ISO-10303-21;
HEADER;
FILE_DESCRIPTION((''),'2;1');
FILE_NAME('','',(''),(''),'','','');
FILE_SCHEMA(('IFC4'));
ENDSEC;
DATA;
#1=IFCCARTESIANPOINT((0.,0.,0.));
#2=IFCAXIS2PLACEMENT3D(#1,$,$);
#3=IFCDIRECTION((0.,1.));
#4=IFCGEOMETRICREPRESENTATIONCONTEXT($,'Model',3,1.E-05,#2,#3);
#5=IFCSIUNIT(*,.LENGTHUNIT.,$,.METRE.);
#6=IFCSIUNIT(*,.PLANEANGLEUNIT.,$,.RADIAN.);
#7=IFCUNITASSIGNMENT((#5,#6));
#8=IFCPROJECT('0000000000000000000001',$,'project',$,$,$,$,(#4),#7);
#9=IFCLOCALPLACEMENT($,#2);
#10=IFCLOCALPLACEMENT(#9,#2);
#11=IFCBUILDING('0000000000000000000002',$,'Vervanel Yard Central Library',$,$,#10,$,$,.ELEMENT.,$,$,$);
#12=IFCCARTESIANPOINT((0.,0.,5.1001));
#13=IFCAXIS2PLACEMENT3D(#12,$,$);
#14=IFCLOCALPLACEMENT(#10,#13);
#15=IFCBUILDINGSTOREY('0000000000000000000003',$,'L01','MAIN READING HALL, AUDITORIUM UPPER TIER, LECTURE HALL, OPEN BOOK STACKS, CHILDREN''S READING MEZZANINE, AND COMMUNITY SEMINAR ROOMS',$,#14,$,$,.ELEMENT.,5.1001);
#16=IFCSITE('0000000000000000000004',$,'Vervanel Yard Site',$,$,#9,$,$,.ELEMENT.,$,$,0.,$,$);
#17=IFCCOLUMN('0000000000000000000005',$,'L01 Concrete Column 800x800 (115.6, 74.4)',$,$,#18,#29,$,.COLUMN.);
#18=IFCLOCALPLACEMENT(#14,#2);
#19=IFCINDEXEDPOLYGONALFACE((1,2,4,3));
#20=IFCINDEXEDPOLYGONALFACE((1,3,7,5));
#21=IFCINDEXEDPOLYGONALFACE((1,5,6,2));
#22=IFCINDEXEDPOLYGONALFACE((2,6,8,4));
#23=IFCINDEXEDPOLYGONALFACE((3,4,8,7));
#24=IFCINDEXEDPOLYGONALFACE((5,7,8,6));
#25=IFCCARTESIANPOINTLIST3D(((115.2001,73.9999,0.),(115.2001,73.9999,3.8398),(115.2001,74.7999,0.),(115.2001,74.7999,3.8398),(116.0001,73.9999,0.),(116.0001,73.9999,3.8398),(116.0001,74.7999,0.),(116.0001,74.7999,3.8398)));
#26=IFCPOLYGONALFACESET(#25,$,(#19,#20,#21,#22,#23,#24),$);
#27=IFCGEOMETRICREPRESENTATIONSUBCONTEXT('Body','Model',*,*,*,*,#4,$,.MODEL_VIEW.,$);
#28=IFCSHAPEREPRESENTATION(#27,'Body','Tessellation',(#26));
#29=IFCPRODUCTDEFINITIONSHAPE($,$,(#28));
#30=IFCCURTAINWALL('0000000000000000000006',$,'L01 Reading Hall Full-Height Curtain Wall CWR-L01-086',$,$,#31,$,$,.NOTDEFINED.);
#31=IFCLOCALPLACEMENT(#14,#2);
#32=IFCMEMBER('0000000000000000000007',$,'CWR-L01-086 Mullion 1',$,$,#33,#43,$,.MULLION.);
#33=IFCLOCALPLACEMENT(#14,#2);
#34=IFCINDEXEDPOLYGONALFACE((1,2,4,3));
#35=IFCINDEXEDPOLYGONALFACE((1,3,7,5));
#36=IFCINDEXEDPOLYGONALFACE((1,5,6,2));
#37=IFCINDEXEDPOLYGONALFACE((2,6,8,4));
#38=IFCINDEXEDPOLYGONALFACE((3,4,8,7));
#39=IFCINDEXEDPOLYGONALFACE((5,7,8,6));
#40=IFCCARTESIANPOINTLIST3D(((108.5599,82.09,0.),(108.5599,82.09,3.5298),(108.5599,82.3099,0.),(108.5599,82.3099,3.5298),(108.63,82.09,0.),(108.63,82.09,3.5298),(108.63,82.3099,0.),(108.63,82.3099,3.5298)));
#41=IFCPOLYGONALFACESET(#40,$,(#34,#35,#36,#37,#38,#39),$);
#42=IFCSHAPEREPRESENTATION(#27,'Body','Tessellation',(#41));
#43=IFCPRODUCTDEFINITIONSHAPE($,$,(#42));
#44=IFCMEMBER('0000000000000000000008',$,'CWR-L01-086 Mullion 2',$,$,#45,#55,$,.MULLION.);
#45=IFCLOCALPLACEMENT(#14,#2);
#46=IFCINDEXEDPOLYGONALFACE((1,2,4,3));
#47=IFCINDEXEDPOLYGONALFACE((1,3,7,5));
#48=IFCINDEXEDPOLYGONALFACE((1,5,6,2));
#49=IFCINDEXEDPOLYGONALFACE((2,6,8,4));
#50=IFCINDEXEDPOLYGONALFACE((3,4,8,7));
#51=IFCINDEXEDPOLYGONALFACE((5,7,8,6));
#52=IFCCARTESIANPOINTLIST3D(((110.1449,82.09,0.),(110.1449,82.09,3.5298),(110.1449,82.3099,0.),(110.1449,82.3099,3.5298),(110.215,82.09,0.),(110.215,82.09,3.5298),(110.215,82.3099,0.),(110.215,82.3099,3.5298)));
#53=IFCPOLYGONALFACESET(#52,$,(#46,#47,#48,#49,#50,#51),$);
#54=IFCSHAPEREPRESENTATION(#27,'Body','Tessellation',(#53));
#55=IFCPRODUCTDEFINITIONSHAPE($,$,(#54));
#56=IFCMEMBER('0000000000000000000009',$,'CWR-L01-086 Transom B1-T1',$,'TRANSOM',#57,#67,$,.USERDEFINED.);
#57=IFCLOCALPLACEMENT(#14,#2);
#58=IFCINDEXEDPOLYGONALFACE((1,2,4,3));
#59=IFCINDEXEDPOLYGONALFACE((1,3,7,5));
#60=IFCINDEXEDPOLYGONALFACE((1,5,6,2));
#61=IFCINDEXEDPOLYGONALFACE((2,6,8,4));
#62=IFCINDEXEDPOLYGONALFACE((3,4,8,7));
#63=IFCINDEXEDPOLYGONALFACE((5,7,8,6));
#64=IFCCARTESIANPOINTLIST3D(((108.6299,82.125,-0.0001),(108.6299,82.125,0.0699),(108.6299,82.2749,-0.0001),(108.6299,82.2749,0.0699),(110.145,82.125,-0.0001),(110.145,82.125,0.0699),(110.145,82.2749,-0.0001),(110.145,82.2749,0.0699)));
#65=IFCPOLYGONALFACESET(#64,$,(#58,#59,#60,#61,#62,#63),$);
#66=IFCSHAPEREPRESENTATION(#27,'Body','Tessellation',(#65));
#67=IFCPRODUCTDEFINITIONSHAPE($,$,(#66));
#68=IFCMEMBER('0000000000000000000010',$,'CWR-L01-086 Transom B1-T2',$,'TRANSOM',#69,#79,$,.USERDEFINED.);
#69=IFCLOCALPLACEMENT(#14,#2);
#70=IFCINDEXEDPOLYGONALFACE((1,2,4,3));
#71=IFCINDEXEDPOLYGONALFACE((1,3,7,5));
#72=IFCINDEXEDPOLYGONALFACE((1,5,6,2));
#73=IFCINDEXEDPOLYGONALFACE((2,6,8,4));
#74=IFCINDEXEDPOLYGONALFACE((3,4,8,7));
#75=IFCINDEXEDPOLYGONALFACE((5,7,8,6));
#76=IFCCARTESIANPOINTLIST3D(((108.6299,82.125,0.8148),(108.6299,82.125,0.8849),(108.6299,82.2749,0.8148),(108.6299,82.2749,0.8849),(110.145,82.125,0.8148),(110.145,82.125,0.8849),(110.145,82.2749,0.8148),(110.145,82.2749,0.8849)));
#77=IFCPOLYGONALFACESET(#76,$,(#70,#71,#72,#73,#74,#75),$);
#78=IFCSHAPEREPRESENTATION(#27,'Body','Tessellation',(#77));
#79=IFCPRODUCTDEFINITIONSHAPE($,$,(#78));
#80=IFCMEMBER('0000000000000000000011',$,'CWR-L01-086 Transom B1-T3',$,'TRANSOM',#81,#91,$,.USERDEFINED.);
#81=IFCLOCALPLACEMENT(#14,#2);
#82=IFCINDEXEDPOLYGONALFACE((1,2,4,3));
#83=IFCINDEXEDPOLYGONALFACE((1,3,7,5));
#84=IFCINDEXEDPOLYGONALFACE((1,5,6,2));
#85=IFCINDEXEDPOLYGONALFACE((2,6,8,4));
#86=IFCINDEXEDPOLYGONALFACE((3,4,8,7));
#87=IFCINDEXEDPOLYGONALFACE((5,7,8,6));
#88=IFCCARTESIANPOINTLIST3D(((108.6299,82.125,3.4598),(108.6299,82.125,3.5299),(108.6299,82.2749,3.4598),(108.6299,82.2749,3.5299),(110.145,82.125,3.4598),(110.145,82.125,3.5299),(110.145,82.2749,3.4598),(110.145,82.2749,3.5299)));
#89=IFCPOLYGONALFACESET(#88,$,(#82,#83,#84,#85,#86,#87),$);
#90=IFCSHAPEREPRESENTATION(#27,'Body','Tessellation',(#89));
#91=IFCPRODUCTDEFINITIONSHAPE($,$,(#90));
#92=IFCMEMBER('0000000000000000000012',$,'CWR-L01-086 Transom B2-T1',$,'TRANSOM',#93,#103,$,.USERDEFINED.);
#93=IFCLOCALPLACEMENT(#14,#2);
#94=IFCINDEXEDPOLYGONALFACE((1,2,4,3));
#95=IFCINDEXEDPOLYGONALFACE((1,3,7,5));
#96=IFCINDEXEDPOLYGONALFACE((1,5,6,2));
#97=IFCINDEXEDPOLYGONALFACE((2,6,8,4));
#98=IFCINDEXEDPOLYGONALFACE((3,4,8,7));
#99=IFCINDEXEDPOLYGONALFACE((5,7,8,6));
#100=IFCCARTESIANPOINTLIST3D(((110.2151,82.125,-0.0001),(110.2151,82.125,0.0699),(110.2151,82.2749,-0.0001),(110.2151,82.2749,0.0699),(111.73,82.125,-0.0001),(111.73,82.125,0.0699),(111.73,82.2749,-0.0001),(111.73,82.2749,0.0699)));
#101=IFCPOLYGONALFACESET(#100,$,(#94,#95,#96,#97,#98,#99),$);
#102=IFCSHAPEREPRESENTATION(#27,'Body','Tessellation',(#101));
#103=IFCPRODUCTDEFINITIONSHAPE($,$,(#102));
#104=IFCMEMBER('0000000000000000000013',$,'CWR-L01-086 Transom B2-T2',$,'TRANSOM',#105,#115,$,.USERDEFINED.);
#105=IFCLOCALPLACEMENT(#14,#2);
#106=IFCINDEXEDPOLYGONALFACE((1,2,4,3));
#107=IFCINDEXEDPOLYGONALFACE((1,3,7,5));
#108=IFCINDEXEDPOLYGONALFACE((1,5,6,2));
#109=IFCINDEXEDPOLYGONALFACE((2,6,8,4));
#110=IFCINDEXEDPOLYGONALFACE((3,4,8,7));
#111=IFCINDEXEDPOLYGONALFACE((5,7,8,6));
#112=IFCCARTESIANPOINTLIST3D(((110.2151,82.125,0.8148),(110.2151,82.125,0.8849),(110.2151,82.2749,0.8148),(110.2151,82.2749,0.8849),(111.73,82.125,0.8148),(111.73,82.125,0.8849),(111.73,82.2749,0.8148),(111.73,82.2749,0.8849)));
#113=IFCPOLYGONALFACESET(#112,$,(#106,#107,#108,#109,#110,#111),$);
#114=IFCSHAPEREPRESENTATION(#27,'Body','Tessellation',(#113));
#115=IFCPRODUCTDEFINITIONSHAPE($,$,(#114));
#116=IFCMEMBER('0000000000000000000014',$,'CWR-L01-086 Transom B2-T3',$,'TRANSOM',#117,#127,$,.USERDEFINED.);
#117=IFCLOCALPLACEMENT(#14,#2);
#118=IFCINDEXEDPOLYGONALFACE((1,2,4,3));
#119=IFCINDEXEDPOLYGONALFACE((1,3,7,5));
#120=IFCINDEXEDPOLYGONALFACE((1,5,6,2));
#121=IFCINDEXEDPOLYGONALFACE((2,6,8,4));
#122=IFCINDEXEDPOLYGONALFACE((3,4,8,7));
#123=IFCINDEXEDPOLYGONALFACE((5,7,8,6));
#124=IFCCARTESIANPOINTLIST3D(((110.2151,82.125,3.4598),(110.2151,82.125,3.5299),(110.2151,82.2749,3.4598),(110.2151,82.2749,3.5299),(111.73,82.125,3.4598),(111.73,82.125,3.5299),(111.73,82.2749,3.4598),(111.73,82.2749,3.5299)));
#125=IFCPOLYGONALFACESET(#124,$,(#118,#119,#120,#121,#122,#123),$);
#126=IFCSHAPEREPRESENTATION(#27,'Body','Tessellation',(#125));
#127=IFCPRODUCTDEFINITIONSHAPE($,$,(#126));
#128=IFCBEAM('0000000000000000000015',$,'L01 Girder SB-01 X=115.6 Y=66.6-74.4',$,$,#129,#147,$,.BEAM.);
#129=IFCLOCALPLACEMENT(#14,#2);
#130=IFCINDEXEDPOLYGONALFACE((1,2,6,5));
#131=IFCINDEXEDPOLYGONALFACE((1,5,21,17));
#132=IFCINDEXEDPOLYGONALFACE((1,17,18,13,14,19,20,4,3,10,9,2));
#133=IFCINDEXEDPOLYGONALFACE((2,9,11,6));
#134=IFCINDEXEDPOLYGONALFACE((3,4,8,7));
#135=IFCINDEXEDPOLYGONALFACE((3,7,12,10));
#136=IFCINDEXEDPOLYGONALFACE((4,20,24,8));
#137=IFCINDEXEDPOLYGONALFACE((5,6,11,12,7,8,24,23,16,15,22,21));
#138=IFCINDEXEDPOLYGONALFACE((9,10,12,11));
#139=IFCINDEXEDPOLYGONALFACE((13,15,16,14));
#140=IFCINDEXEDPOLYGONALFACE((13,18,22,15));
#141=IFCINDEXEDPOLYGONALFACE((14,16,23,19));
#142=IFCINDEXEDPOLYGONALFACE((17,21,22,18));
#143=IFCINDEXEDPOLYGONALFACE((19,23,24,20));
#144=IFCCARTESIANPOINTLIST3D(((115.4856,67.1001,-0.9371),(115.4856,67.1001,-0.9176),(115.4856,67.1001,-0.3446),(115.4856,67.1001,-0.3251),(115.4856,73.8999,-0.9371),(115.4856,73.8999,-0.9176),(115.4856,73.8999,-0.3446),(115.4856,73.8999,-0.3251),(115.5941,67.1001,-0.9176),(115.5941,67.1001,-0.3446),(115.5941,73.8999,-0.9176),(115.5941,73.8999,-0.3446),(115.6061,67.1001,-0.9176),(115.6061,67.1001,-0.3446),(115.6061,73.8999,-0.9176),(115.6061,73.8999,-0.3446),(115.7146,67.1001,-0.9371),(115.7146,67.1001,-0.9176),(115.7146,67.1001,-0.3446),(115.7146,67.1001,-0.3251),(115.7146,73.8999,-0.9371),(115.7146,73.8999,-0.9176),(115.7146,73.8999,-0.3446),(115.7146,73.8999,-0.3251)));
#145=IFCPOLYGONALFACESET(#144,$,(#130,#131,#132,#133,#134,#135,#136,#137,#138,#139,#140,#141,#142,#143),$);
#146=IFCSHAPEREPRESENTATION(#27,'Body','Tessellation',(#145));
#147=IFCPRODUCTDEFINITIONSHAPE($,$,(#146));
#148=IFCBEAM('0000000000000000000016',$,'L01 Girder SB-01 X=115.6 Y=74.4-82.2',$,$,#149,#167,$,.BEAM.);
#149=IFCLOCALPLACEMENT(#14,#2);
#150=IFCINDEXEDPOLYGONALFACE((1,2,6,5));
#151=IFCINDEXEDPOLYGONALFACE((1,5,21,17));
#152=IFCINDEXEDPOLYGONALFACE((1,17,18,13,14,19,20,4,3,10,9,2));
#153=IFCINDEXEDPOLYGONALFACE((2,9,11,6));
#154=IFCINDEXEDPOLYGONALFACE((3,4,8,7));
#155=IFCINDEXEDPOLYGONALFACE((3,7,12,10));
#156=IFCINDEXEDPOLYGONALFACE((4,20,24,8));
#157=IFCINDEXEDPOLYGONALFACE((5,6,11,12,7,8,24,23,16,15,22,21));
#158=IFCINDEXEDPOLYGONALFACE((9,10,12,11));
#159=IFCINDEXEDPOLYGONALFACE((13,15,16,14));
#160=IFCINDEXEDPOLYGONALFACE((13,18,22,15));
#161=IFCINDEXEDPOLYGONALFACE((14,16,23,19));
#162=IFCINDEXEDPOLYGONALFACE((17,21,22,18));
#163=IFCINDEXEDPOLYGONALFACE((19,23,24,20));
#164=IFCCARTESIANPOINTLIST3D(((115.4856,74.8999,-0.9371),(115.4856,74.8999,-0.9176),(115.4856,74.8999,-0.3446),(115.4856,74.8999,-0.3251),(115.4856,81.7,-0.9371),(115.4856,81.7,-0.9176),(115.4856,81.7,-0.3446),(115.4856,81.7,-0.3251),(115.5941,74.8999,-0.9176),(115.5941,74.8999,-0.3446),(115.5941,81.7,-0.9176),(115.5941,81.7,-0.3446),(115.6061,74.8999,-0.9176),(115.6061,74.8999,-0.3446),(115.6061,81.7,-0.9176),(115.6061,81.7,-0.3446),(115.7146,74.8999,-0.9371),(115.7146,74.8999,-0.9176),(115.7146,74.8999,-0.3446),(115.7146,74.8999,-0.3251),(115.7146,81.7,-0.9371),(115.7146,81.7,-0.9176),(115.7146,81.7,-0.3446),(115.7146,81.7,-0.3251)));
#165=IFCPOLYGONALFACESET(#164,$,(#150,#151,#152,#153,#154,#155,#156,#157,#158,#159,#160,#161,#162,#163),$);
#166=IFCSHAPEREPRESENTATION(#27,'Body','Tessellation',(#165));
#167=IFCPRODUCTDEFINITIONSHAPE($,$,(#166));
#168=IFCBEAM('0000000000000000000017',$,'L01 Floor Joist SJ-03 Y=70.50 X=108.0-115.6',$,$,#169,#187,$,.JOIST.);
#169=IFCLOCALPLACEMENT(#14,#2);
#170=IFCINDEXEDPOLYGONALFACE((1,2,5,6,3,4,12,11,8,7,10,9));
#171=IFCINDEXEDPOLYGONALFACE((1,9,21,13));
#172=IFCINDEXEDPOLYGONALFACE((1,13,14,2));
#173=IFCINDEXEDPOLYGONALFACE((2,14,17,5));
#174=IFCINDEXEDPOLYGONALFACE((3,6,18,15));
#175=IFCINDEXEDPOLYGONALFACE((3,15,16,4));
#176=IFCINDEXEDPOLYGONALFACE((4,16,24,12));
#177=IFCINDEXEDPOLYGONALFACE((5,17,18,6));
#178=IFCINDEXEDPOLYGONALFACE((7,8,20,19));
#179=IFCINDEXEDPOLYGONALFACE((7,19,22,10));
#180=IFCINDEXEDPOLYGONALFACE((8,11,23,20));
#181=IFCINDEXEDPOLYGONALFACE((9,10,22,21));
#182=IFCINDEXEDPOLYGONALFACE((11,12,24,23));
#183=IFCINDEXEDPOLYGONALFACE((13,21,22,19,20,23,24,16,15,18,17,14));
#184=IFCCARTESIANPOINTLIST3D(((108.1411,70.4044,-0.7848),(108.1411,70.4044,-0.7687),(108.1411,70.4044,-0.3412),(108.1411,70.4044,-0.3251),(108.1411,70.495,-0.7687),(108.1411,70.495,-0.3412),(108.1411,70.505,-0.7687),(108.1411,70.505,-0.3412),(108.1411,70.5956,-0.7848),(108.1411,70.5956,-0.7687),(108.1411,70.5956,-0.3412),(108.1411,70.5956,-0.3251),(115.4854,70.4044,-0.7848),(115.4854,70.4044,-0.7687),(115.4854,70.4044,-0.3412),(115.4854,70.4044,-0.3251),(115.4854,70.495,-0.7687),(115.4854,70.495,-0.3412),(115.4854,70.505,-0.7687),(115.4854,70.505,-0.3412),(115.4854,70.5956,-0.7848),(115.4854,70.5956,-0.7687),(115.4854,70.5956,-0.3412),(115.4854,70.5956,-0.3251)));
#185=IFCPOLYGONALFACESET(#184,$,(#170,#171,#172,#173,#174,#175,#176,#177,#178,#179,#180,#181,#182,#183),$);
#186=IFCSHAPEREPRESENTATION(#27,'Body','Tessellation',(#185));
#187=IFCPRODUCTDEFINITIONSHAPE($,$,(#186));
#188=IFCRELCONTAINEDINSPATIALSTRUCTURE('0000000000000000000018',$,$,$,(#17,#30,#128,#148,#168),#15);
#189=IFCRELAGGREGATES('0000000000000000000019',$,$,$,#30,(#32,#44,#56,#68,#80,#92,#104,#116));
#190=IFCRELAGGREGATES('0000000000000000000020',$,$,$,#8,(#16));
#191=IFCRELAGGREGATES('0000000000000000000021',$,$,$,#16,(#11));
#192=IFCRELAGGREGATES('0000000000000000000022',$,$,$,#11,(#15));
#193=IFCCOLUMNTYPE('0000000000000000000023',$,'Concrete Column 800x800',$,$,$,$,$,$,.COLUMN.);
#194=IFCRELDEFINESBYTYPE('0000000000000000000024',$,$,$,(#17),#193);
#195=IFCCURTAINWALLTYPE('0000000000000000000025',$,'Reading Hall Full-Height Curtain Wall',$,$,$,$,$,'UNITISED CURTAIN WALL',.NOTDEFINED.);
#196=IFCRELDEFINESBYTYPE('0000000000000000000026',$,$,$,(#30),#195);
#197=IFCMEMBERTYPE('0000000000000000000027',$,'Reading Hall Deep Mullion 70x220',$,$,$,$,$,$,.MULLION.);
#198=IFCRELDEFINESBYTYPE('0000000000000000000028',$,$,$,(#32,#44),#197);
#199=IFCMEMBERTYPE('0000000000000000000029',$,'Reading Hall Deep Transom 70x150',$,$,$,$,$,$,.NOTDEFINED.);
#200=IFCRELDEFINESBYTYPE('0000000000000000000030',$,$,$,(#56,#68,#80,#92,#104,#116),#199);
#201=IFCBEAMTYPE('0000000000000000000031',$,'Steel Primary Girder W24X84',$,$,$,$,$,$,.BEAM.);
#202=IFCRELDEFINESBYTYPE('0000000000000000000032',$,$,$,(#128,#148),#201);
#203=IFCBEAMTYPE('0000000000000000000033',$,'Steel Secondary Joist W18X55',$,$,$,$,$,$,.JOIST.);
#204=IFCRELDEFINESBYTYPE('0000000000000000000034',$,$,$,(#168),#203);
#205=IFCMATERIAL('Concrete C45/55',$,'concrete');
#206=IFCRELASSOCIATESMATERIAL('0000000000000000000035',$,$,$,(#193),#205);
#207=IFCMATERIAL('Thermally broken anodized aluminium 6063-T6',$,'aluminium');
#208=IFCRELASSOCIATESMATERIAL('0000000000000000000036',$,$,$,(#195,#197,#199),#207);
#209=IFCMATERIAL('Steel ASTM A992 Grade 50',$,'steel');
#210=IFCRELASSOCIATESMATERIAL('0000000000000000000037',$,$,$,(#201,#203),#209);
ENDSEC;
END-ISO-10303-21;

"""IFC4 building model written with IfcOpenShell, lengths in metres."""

from ifc_helpers import new_model, si_unit, direction, frame, origin, origin_2d, place, context, subcontext, project, spatial, rectangle, i_section, extrude, material, material_profile, profile_set, type_object, element, aggregate, save


model = new_model("IFC4")

# Units and contexts
model_context = context("Model", 3, precision=1e-05, world=origin(), true_north=direction((0.0, 1.0)))
body_context = subcontext(model_context, "Body", "Model", "MODEL_VIEW")
ifc_project = project(units=[si_unit("LENGTHUNIT", "METRE"), si_unit("PLANEANGLEUNIT", "RADIAN")], contexts=[model_context])

# Site, building, storey
site_placement = place(None, origin())
site = spatial("IfcSite", under=ifc_project, at=site_placement, Name="Vervanel Yard Site", CompositionType="ELEMENT", RefElevation=0.0)
building_placement = place(site_placement, origin())
building = spatial("IfcBuilding", under=site, at=building_placement, Name="Vervanel Yard Central Library", CompositionType="ELEMENT")
storey_placement = place(building_placement, frame((0.0, 0.0, 5.1001)))
storey = spatial("IfcBuildingStorey", under=building, at=storey_placement, Name="L01", Description="MAIN READING HALL, AUDITORIUM UPPER TIER, LECTURE HALL, OPEN BOOK STACKS, CHILDREN'S READING MEZZANINE, AND COMMUNITY SEMINAR ROOMS", CompositionType="ELEMENT", Elevation=5.1001)

# Column
ifc_material_1 = material(Name="Concrete C45/55", Category="concrete")
ifc_material_profile_1 = material_profile(ifc_material_1, rectangle(XDim=0.8, YDim=0.8, at=origin_2d()), Name="RC 800x800", Category="concrete")
ifc_profile_set_1 = profile_set([ifc_material_profile_1], Name="Concrete C45/55")
column_type = type_object("IfcColumnType", Name="Concrete Column 800x800", PredefinedType="COLUMN", material=ifc_profile_set_1)
column_placement = place(storey_placement, frame((115.6001, 74.3999, 0.0), z_axis=(0.0, 0.0, 1.0), x_axis=(1.0, 0.0, 0.0)))
element("IfcColumn", 1, at=column_placement, inside=storey, type_object=column_type, Name="L01 Concrete Column 800x800 (115.6, 74.4)", PredefinedType="COLUMN", context=body_context, shape_type="SweptSolid", body=[
    extrude(rectangle(XDim=0.8, YDim=0.8, at=origin_2d()), origin(), (0.0, 0.0, 1.0), 3.8398),
])

# Curtain wall, members
ifc_material_2 = material(Name="Thermally broken anodized aluminium 6063-T6", Category="aluminium")
curtain_wall_type = type_object("IfcCurtainWallType", Name="Reading Hall Full-Height Curtain Wall", ElementType="UNITISED CURTAIN WALL", PredefinedType="NOTDEFINED", material=ifc_material_2)
curtain_wall_placement = place(storey_placement, origin())
curtain_wall = element("IfcCurtainWall", 2, at=curtain_wall_placement, inside=storey, type_object=curtain_wall_type, Name="L01 Reading Hall Full-Height Curtain Wall CWR-L01-086", PredefinedType="NOTDEFINED")
ifc_material_profile_2 = material_profile(ifc_material_2, rectangle(XDim=0.0701, YDim=0.22, at=origin_2d()), Name="ALU 70x220", Category="aluminium")
ifc_profile_set_2 = profile_set([ifc_material_profile_2], Name="Thermally broken anodized aluminium 6063-T6")
member_type_1 = type_object("IfcMemberType", Name="Reading Hall Deep Mullion 70x220", PredefinedType="MULLION", material=ifc_profile_set_2)
member_1_placement = place(storey_placement, frame((108.595, 82.2, 0.0), z_axis=(0.0, 0.0, 1.0), x_axis=(1.0, 0.0, 0.0)))
member_1 = element("IfcMember", 3, at=member_1_placement, type_object=member_type_1, Name="CWR-L01-086 Mullion 1", PredefinedType="MULLION", context=body_context, shape_type="SweptSolid", body=[
    extrude(rectangle(XDim=0.0701, YDim=0.22, at=origin_2d()), origin(), (0.0, 0.0, 1.0), 3.5298),
])
member_2_placement = place(storey_placement, frame((110.1799, 82.2, 0.0), z_axis=(0.0, 0.0, 1.0), x_axis=(1.0, 0.0, 0.0)))
member_2 = element("IfcMember", 4, at=member_2_placement, type_object=member_type_1, Name="CWR-L01-086 Mullion 2", PredefinedType="MULLION", context=body_context, shape_type="SweptSolid", body=[
    extrude(rectangle(XDim=0.0701, YDim=0.22, at=origin_2d()), origin(), (0.0, 0.0, 1.0), 3.5298),
])
ifc_material_profile_3 = material_profile(ifc_material_2, rectangle(XDim=0.0701, YDim=0.1499, at=origin_2d()), Name="ALU 70x150", Category="aluminium")
ifc_profile_set_3 = profile_set([ifc_material_profile_3], Name="Thermally broken anodized aluminium 6063-T6")
member_type_2 = type_object("IfcMemberType", Name="Reading Hall Deep Transom 70x150", PredefinedType="NOTDEFINED", material=ifc_profile_set_3)
member_3_placement = place(storey_placement, frame((108.6299, 82.2, 0.0349), z_axis=(1.0, 0.0, 0.0), x_axis=(0.0, 0.0, 1.0)))
member_3 = element("IfcMember", 5, at=member_3_placement, type_object=member_type_2, Name="CWR-L01-086 Transom B1-T1", ObjectType="TRANSOM", PredefinedType="USERDEFINED", context=body_context, shape_type="SweptSolid", body=[
    extrude(rectangle(XDim=0.0701, YDim=0.1499, at=origin_2d()), origin(), (0.0, 0.0, 1.0), 1.5151),
])
member_4_placement = place(storey_placement, frame((108.6299, 82.2, 0.8499), z_axis=(1.0, 0.0, 0.0), x_axis=(0.0, 0.0, 1.0)))
member_4 = element("IfcMember", 6, at=member_4_placement, type_object=member_type_2, Name="CWR-L01-086 Transom B1-T2", ObjectType="TRANSOM", PredefinedType="USERDEFINED", context=body_context, shape_type="SweptSolid", body=[
    extrude(rectangle(XDim=0.0701, YDim=0.1499, at=origin_2d()), origin(), (0.0, 0.0, 1.0), 1.5151),
])
member_5_placement = place(storey_placement, frame((108.6299, 82.2, 3.4949), z_axis=(1.0, 0.0, 0.0), x_axis=(0.0, 0.0, 1.0)))
member_5 = element("IfcMember", 7, at=member_5_placement, type_object=member_type_2, Name="CWR-L01-086 Transom B1-T3", ObjectType="TRANSOM", PredefinedType="USERDEFINED", context=body_context, shape_type="SweptSolid", body=[
    extrude(rectangle(XDim=0.0701, YDim=0.1499, at=origin_2d()), origin(), (0.0, 0.0, 1.0), 1.5151),
])
member_6_placement = place(storey_placement, frame((110.2151, 82.2, 0.0349), z_axis=(1.0, 0.0, 0.0), x_axis=(0.0, 0.0, 1.0)))
member_6 = element("IfcMember", 8, at=member_6_placement, type_object=member_type_2, Name="CWR-L01-086 Transom B2-T1", ObjectType="TRANSOM", PredefinedType="USERDEFINED", context=body_context, shape_type="SweptSolid", body=[
    extrude(rectangle(XDim=0.0701, YDim=0.1499, at=origin_2d()), origin(), (0.0, 0.0, 1.0), 1.5149),
])
member_7_placement = place(storey_placement, frame((110.2151, 82.2, 0.8499), z_axis=(1.0, 0.0, 0.0), x_axis=(0.0, 0.0, 1.0)))
member_7 = element("IfcMember", 9, at=member_7_placement, type_object=member_type_2, Name="CWR-L01-086 Transom B2-T2", ObjectType="TRANSOM", PredefinedType="USERDEFINED", context=body_context, shape_type="SweptSolid", body=[
    extrude(rectangle(XDim=0.0701, YDim=0.1499, at=origin_2d()), origin(), (0.0, 0.0, 1.0), 1.5149),
])
member_8_placement = place(storey_placement, frame((110.2151, 82.2, 3.4949), z_axis=(1.0, 0.0, 0.0), x_axis=(0.0, 0.0, 1.0)))
member_8 = element("IfcMember", 10, at=member_8_placement, type_object=member_type_2, Name="CWR-L01-086 Transom B2-T3", ObjectType="TRANSOM", PredefinedType="USERDEFINED", context=body_context, shape_type="SweptSolid", body=[
    extrude(rectangle(XDim=0.0701, YDim=0.1499, at=origin_2d()), origin(), (0.0, 0.0, 1.0), 1.5149),
])

# Beams
ifc_material_3 = material(Name="Steel ASTM A992 Grade 50", Category="steel")
ifc_material_profile_4 = material_profile(ifc_material_3, i_section(OverallWidth=0.229, OverallDepth=0.6121, WebThickness=0.012, FlangeThickness=0.0195, at=origin_2d()), Name="W24X84", Category="steel")
ifc_profile_set_4 = profile_set([ifc_material_profile_4], Name="Steel ASTM A992 Grade 50")
beam_type_1 = type_object("IfcBeamType", Name="Steel Primary Girder W24X84", PredefinedType="BEAM", material=ifc_profile_set_4)
beam_1_placement = place(storey_placement, frame((115.6001, 67.1001, -0.6311), z_axis=(0.0, 1.0, 0.0), x_axis=(-1.0, 0.0, 0.0)))
element("IfcBeam", 11, at=beam_1_placement, inside=storey, type_object=beam_type_1, Name="L01 Girder SB-01 X=115.6 Y=66.6-74.4", PredefinedType="BEAM", context=body_context, shape_type="SweptSolid", body=[
    extrude(i_section(OverallWidth=0.229, OverallDepth=0.6121, WebThickness=0.012, FlangeThickness=0.0195, at=origin_2d()), origin(), (0.0, 0.0, 1.0), 6.7998),
])
beam_2_placement = place(storey_placement, frame((115.6001, 74.8999, -0.6311), z_axis=(0.0, 1.0, 0.0), x_axis=(-1.0, 0.0, 0.0)))
element("IfcBeam", 12, at=beam_2_placement, inside=storey, type_object=beam_type_1, Name="L01 Girder SB-01 X=115.6 Y=74.4-82.2", PredefinedType="BEAM", context=body_context, shape_type="SweptSolid", body=[
    extrude(i_section(OverallWidth=0.229, OverallDepth=0.6121, WebThickness=0.012, FlangeThickness=0.0195, at=origin_2d()), origin(), (0.0, 0.0, 1.0), 6.8),
])
ifc_material_profile_5 = material_profile(ifc_material_3, i_section(OverallWidth=0.1912, OverallDepth=0.4597, WebThickness=0.01, FlangeThickness=0.0161, at=origin_2d()), Name="W18X55", Category="steel")
ifc_profile_set_5 = profile_set([ifc_material_profile_5], Name="Steel ASTM A992 Grade 50")
beam_type_2 = type_object("IfcBeamType", Name="Steel Secondary Joist W18X55", PredefinedType="JOIST", material=ifc_profile_set_5)
for number, where, z_axis, x_axis, name in (
    (13, (108.1411, 70.5, -0.5549), (1.0, 0.0, 0.0), (0.0, 1.0, 0.0), "L01 Floor Joist SJ-03 Y=70.50 X=108.0-115.6"),
):
    element("IfcBeam", number, at=place(storey_placement, frame(where, z_axis=z_axis, x_axis=x_axis)), inside=storey, type_object=beam_type_2, Name=name, PredefinedType="JOIST", context=body_context, shape_type="SweptSolid", body=[
        extrude(i_section(OverallWidth=0.1912, OverallDepth=0.4597, WebThickness=0.01, FlangeThickness=0.0161, at=origin_2d()), origin(), (0.0, 0.0, 1.0), 7.3442),
    ])

aggregate(curtain_wall, [member_1, member_2, member_3, member_4, member_5, member_6, member_7, member_8])

save(model, "model.ifc")
